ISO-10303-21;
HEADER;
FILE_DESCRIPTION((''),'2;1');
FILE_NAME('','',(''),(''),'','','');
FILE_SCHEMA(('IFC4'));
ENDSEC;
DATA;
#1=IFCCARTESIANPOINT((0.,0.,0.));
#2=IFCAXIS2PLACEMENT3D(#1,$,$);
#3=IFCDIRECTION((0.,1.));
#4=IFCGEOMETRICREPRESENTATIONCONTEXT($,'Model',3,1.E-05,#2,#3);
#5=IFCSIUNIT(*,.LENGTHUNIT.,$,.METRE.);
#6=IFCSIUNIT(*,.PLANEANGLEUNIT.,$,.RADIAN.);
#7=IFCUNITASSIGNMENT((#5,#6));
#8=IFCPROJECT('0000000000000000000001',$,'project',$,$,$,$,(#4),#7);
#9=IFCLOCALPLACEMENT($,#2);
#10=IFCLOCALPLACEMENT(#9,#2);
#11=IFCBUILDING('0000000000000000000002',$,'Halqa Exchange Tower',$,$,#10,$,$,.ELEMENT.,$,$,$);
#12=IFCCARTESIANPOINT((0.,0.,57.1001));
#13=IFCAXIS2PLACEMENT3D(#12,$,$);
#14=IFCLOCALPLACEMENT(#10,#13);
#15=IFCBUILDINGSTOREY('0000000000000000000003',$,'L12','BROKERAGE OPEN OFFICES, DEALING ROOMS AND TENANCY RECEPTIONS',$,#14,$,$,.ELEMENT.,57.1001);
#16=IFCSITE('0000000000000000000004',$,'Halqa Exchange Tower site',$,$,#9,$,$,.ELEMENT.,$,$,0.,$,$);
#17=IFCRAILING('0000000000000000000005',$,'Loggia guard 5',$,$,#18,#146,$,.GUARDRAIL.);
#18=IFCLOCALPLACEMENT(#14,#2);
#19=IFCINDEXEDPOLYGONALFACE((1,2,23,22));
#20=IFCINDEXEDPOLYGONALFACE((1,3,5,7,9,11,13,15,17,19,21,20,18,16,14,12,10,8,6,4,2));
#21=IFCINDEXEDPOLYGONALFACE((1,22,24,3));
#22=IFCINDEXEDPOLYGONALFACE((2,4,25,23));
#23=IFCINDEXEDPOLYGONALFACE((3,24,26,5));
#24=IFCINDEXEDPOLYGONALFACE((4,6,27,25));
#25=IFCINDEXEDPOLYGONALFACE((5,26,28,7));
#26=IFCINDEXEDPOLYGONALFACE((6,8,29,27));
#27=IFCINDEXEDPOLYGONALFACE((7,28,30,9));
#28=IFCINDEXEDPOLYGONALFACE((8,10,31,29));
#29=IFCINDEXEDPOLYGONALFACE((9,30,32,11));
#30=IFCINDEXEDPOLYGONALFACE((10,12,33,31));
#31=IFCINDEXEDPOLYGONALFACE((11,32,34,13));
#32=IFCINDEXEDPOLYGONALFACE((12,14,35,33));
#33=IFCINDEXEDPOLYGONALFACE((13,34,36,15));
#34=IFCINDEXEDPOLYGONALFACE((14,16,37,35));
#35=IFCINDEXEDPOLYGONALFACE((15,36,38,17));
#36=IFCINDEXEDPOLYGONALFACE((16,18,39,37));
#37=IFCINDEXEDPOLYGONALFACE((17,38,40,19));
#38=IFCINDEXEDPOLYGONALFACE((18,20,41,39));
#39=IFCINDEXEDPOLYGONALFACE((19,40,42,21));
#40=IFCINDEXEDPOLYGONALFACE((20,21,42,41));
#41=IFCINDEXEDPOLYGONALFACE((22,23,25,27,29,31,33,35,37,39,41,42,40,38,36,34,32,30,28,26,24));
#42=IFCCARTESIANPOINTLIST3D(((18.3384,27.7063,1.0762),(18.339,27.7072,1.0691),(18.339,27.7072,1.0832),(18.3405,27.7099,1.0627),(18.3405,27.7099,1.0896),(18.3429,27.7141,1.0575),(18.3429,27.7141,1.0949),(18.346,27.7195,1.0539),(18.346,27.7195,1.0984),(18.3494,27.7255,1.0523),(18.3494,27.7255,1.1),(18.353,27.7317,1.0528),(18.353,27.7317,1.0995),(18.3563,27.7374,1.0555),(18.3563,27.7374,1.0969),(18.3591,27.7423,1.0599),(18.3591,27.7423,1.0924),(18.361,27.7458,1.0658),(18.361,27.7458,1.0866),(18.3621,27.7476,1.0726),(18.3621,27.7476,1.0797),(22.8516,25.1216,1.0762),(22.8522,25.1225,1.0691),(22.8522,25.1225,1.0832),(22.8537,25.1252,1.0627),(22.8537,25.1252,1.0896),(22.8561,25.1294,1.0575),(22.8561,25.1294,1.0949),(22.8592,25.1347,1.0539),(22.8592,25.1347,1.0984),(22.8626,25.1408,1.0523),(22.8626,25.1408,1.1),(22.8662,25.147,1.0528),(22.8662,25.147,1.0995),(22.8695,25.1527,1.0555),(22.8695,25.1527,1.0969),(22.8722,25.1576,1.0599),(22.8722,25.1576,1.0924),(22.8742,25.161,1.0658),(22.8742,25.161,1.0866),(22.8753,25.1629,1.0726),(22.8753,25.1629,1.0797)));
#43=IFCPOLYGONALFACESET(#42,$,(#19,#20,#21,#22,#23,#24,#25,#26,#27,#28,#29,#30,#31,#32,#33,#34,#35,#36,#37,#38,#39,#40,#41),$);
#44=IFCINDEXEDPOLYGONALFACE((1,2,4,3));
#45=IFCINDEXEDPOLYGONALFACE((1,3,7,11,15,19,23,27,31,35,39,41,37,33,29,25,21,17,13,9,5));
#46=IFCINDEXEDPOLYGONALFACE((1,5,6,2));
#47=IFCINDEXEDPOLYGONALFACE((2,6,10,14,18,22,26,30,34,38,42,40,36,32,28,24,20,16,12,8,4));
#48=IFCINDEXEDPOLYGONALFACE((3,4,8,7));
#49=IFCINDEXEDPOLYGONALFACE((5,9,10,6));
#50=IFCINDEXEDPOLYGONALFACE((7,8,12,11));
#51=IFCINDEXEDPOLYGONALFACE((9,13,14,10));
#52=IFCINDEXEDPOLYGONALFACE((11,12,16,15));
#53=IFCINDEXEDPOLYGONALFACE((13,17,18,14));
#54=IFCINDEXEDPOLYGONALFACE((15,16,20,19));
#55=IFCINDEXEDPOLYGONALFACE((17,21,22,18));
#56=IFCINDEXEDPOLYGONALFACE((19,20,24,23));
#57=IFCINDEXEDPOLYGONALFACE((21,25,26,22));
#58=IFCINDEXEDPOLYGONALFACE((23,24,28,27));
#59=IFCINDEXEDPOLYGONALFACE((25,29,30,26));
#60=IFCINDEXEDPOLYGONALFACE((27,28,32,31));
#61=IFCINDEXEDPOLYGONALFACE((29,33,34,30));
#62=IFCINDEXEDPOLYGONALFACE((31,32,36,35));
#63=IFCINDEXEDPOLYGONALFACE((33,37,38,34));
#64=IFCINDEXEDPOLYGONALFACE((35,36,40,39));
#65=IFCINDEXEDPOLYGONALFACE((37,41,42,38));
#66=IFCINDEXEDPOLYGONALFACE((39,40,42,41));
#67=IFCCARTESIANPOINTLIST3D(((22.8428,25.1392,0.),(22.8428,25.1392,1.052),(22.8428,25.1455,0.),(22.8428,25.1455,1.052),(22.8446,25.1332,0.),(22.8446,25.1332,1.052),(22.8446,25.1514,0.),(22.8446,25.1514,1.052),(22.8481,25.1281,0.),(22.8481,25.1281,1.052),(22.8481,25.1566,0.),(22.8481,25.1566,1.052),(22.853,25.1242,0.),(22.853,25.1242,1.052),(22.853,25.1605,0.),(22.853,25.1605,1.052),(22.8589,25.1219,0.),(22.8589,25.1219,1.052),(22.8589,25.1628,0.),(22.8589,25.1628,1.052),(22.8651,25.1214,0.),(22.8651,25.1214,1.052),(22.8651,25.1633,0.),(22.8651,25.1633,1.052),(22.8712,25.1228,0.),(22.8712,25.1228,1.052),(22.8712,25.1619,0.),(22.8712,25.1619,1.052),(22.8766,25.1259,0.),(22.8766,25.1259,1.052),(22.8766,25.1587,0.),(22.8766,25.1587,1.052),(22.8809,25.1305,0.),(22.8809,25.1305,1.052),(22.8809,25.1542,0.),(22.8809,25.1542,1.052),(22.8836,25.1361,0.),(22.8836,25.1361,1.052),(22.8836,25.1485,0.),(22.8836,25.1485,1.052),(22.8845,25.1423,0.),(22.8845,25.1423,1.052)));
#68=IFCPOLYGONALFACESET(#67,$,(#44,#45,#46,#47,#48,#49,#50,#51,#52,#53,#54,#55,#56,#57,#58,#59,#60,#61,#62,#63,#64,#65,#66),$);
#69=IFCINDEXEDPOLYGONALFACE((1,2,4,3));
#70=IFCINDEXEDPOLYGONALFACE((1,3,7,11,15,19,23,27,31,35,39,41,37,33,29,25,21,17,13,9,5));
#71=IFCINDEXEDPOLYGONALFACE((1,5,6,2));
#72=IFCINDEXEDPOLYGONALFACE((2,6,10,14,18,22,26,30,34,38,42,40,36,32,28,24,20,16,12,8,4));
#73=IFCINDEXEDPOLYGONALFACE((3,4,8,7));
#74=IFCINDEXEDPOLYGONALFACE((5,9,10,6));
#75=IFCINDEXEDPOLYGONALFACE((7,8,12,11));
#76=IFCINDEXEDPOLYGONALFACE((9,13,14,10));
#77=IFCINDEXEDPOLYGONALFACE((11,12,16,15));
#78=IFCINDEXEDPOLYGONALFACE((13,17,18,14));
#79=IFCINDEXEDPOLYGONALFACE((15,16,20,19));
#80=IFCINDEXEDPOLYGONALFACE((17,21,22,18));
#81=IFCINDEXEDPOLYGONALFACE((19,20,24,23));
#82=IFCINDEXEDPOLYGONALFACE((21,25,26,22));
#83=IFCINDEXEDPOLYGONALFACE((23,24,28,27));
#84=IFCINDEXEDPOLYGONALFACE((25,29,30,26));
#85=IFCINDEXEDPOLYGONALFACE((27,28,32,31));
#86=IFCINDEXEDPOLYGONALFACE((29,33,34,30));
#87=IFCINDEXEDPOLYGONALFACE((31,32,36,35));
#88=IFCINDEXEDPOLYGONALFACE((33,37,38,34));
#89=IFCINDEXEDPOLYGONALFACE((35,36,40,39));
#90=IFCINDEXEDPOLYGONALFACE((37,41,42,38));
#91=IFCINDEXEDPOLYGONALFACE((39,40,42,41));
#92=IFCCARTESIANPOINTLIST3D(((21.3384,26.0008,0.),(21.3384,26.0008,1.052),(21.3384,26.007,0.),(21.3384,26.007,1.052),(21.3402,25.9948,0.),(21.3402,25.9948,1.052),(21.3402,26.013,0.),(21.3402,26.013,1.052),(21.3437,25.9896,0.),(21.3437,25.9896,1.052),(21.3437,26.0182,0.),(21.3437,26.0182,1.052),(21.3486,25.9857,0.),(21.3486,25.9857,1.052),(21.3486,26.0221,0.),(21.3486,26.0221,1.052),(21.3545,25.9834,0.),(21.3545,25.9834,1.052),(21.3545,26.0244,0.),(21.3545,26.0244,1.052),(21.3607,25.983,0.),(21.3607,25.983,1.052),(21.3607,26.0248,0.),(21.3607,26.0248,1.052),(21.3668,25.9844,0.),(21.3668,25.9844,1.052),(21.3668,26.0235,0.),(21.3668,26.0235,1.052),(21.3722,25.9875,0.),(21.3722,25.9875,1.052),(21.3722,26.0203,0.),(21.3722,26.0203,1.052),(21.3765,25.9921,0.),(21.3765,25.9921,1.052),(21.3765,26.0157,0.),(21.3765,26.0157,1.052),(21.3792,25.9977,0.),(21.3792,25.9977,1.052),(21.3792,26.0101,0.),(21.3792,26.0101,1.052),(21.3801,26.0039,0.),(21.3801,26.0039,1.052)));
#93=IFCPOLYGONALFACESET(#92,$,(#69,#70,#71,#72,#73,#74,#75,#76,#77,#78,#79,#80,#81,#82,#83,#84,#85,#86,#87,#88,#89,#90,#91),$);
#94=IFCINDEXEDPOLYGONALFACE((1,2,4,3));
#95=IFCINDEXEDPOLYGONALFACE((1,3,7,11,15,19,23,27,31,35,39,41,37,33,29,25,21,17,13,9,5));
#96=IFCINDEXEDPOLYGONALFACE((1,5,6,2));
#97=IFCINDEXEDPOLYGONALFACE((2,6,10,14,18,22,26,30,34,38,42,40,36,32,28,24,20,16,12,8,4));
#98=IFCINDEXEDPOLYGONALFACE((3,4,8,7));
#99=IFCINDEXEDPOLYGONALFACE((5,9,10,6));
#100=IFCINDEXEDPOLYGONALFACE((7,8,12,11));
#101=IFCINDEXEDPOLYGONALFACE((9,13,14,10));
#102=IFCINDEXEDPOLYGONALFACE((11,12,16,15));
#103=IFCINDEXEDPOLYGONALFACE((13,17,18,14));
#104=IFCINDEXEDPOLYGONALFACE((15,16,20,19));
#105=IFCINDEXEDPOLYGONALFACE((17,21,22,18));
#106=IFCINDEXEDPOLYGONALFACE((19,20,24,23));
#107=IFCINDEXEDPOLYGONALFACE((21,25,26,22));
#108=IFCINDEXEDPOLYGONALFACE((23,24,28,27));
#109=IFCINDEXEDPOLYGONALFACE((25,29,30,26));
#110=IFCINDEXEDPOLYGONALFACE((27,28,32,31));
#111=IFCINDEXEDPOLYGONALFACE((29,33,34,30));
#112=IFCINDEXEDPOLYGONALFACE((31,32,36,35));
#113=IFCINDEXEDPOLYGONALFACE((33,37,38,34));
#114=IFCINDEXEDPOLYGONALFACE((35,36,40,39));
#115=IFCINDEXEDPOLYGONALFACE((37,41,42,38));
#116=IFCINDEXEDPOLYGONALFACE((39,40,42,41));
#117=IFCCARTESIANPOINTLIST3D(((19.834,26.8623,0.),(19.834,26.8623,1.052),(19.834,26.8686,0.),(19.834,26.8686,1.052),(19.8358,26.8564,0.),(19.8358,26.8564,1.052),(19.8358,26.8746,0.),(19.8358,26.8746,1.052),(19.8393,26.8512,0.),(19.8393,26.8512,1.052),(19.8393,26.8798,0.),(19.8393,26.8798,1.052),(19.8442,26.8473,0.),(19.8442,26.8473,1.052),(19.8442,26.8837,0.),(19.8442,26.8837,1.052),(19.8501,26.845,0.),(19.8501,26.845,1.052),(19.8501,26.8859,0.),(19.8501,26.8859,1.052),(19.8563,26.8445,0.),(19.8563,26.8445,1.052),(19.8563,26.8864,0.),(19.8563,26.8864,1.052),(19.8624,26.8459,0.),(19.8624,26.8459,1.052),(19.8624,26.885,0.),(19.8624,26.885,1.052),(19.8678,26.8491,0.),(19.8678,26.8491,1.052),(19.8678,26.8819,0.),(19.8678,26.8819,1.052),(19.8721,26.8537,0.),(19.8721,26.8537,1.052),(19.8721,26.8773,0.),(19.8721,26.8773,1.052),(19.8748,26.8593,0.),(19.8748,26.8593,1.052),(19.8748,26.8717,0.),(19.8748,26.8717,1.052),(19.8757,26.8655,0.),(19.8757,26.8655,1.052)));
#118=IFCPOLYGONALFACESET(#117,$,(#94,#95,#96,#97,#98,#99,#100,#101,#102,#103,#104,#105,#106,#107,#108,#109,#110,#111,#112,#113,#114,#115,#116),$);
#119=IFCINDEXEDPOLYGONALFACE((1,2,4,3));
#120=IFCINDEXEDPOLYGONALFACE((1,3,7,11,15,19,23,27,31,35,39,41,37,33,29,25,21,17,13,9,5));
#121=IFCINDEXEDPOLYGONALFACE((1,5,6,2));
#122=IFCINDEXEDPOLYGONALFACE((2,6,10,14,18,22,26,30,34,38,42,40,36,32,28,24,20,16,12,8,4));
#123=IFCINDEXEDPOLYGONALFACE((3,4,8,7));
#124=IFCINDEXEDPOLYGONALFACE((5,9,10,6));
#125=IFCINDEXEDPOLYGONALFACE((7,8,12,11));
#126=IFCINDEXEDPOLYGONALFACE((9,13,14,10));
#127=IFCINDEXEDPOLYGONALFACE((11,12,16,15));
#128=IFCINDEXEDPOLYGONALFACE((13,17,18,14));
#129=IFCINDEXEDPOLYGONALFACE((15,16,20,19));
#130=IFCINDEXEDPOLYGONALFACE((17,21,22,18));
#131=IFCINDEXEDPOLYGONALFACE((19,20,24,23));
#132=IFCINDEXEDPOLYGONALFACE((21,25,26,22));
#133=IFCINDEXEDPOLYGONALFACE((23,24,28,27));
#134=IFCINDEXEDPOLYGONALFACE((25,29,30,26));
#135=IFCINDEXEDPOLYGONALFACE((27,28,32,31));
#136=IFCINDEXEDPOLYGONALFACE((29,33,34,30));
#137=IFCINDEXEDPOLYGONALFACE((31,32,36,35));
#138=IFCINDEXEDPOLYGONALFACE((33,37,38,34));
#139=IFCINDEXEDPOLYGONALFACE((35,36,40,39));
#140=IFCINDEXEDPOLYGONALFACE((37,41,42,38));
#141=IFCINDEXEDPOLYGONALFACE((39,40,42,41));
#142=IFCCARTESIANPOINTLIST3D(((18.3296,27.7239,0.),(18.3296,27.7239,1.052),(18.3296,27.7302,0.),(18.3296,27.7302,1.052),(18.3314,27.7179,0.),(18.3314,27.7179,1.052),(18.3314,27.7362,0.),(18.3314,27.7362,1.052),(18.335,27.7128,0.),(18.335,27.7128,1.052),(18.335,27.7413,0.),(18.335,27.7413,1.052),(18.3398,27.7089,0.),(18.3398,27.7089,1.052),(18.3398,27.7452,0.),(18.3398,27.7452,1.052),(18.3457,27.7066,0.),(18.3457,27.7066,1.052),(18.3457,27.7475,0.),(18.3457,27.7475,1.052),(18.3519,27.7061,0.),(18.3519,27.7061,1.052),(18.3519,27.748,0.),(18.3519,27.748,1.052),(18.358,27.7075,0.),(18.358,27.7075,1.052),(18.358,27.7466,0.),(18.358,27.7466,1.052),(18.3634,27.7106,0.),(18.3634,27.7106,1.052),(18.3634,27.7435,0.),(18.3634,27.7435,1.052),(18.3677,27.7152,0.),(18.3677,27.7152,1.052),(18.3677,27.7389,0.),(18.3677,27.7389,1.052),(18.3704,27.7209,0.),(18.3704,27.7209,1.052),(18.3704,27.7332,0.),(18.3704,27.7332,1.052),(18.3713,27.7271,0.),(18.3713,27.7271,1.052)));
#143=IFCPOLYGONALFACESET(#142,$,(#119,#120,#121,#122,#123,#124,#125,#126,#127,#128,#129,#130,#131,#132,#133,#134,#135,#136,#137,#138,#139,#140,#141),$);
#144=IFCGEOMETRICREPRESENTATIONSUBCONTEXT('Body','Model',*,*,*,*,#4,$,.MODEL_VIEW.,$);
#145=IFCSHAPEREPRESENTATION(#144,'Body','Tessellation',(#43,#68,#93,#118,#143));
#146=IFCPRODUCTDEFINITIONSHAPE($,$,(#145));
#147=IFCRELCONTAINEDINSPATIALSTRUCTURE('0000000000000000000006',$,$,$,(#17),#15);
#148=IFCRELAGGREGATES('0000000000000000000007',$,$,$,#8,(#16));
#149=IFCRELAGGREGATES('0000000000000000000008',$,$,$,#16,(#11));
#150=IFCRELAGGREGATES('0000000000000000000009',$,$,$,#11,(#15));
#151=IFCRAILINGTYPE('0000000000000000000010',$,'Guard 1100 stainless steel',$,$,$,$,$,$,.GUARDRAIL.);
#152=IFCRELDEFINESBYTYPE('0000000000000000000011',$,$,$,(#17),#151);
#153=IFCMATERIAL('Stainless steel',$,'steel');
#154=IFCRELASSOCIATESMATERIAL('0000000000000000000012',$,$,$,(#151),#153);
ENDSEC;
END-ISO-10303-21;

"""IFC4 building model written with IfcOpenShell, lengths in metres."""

from ifc_helpers import new_model, si_unit, direction, frame, origin, origin_2d, place, context, subcontext, project, spatial, circle, extrude, material, type_object, element, save


model = new_model("IFC4")

# Units and contexts
model_context = context("Model", 3, precision=1e-05, world=origin(), true_north=direction((0.0, 1.0)))
body_context = subcontext(model_context, "Body", "Model", "MODEL_VIEW")
ifc_project = project(units=[si_unit("LENGTHUNIT", "METRE"), si_unit("PLANEANGLEUNIT", "RADIAN")], contexts=[model_context])

# Site, building, storey
site_placement = place(None, origin())
site = spatial("IfcSite", under=ifc_project, at=site_placement, Name="Halqa Exchange Tower site", CompositionType="ELEMENT", RefElevation=0.0)
building_placement = place(site_placement, origin())
building = spatial("IfcBuilding", under=site, at=building_placement, Name="Halqa Exchange Tower", CompositionType="ELEMENT")
storey_placement = place(building_placement, frame((0.0, 0.0, 57.1001)))
storey = spatial("IfcBuildingStorey", under=building, at=storey_placement, Name="L12", Description="BROKERAGE OPEN OFFICES, DEALING ROOMS AND TENANCY RECEPTIONS", CompositionType="ELEMENT", Elevation=57.1001)

# Railing
ifc_material_1 = material(Name="Stainless steel", Category="steel")
railing_type = type_object("IfcRailingType", Name="Guard 1100 stainless steel", PredefinedType="GUARDRAIL", material=ifc_material_1)
railing_1_placement = place(storey_placement, frame((22.8635, 25.1423, 0.0)))
element("IfcRailing", 1, at=railing_1_placement, inside=storey, type_object=railing_type, Name="Loggia guard 5", PredefinedType="GUARDRAIL", context=body_context, shape_type="SweptSolid", body=[
    extrude(circle(Radius=0.0239, at=origin_2d()), frame((0.0, 0.0, 1.0762), z_axis=(-0.867766, 0.496973, 0.0), x_axis=(-0.496973, -0.867766, 0.0)), (0.0, 0.0, 1.0), 5.2009),
    extrude(circle(Radius=0.021, at=origin_2d()), origin(), (0.0, 0.0, 1.0), 1.052),
    extrude(circle(Radius=0.021, at=origin_2d()), frame((-1.5044, 0.8616, 0.0)), (0.0, 0.0, 1.0), 1.052),
    extrude(circle(Radius=0.021, at=origin_2d()), frame((-3.0088, 1.7231, 0.0)), (0.0, 0.0, 1.0), 1.052),
    extrude(circle(Radius=0.021, at=origin_2d()), frame((-4.5132, 2.5847, 0.0)), (0.0, 0.0, 1.0), 1.052),
])

save(model, "model.ifc")
